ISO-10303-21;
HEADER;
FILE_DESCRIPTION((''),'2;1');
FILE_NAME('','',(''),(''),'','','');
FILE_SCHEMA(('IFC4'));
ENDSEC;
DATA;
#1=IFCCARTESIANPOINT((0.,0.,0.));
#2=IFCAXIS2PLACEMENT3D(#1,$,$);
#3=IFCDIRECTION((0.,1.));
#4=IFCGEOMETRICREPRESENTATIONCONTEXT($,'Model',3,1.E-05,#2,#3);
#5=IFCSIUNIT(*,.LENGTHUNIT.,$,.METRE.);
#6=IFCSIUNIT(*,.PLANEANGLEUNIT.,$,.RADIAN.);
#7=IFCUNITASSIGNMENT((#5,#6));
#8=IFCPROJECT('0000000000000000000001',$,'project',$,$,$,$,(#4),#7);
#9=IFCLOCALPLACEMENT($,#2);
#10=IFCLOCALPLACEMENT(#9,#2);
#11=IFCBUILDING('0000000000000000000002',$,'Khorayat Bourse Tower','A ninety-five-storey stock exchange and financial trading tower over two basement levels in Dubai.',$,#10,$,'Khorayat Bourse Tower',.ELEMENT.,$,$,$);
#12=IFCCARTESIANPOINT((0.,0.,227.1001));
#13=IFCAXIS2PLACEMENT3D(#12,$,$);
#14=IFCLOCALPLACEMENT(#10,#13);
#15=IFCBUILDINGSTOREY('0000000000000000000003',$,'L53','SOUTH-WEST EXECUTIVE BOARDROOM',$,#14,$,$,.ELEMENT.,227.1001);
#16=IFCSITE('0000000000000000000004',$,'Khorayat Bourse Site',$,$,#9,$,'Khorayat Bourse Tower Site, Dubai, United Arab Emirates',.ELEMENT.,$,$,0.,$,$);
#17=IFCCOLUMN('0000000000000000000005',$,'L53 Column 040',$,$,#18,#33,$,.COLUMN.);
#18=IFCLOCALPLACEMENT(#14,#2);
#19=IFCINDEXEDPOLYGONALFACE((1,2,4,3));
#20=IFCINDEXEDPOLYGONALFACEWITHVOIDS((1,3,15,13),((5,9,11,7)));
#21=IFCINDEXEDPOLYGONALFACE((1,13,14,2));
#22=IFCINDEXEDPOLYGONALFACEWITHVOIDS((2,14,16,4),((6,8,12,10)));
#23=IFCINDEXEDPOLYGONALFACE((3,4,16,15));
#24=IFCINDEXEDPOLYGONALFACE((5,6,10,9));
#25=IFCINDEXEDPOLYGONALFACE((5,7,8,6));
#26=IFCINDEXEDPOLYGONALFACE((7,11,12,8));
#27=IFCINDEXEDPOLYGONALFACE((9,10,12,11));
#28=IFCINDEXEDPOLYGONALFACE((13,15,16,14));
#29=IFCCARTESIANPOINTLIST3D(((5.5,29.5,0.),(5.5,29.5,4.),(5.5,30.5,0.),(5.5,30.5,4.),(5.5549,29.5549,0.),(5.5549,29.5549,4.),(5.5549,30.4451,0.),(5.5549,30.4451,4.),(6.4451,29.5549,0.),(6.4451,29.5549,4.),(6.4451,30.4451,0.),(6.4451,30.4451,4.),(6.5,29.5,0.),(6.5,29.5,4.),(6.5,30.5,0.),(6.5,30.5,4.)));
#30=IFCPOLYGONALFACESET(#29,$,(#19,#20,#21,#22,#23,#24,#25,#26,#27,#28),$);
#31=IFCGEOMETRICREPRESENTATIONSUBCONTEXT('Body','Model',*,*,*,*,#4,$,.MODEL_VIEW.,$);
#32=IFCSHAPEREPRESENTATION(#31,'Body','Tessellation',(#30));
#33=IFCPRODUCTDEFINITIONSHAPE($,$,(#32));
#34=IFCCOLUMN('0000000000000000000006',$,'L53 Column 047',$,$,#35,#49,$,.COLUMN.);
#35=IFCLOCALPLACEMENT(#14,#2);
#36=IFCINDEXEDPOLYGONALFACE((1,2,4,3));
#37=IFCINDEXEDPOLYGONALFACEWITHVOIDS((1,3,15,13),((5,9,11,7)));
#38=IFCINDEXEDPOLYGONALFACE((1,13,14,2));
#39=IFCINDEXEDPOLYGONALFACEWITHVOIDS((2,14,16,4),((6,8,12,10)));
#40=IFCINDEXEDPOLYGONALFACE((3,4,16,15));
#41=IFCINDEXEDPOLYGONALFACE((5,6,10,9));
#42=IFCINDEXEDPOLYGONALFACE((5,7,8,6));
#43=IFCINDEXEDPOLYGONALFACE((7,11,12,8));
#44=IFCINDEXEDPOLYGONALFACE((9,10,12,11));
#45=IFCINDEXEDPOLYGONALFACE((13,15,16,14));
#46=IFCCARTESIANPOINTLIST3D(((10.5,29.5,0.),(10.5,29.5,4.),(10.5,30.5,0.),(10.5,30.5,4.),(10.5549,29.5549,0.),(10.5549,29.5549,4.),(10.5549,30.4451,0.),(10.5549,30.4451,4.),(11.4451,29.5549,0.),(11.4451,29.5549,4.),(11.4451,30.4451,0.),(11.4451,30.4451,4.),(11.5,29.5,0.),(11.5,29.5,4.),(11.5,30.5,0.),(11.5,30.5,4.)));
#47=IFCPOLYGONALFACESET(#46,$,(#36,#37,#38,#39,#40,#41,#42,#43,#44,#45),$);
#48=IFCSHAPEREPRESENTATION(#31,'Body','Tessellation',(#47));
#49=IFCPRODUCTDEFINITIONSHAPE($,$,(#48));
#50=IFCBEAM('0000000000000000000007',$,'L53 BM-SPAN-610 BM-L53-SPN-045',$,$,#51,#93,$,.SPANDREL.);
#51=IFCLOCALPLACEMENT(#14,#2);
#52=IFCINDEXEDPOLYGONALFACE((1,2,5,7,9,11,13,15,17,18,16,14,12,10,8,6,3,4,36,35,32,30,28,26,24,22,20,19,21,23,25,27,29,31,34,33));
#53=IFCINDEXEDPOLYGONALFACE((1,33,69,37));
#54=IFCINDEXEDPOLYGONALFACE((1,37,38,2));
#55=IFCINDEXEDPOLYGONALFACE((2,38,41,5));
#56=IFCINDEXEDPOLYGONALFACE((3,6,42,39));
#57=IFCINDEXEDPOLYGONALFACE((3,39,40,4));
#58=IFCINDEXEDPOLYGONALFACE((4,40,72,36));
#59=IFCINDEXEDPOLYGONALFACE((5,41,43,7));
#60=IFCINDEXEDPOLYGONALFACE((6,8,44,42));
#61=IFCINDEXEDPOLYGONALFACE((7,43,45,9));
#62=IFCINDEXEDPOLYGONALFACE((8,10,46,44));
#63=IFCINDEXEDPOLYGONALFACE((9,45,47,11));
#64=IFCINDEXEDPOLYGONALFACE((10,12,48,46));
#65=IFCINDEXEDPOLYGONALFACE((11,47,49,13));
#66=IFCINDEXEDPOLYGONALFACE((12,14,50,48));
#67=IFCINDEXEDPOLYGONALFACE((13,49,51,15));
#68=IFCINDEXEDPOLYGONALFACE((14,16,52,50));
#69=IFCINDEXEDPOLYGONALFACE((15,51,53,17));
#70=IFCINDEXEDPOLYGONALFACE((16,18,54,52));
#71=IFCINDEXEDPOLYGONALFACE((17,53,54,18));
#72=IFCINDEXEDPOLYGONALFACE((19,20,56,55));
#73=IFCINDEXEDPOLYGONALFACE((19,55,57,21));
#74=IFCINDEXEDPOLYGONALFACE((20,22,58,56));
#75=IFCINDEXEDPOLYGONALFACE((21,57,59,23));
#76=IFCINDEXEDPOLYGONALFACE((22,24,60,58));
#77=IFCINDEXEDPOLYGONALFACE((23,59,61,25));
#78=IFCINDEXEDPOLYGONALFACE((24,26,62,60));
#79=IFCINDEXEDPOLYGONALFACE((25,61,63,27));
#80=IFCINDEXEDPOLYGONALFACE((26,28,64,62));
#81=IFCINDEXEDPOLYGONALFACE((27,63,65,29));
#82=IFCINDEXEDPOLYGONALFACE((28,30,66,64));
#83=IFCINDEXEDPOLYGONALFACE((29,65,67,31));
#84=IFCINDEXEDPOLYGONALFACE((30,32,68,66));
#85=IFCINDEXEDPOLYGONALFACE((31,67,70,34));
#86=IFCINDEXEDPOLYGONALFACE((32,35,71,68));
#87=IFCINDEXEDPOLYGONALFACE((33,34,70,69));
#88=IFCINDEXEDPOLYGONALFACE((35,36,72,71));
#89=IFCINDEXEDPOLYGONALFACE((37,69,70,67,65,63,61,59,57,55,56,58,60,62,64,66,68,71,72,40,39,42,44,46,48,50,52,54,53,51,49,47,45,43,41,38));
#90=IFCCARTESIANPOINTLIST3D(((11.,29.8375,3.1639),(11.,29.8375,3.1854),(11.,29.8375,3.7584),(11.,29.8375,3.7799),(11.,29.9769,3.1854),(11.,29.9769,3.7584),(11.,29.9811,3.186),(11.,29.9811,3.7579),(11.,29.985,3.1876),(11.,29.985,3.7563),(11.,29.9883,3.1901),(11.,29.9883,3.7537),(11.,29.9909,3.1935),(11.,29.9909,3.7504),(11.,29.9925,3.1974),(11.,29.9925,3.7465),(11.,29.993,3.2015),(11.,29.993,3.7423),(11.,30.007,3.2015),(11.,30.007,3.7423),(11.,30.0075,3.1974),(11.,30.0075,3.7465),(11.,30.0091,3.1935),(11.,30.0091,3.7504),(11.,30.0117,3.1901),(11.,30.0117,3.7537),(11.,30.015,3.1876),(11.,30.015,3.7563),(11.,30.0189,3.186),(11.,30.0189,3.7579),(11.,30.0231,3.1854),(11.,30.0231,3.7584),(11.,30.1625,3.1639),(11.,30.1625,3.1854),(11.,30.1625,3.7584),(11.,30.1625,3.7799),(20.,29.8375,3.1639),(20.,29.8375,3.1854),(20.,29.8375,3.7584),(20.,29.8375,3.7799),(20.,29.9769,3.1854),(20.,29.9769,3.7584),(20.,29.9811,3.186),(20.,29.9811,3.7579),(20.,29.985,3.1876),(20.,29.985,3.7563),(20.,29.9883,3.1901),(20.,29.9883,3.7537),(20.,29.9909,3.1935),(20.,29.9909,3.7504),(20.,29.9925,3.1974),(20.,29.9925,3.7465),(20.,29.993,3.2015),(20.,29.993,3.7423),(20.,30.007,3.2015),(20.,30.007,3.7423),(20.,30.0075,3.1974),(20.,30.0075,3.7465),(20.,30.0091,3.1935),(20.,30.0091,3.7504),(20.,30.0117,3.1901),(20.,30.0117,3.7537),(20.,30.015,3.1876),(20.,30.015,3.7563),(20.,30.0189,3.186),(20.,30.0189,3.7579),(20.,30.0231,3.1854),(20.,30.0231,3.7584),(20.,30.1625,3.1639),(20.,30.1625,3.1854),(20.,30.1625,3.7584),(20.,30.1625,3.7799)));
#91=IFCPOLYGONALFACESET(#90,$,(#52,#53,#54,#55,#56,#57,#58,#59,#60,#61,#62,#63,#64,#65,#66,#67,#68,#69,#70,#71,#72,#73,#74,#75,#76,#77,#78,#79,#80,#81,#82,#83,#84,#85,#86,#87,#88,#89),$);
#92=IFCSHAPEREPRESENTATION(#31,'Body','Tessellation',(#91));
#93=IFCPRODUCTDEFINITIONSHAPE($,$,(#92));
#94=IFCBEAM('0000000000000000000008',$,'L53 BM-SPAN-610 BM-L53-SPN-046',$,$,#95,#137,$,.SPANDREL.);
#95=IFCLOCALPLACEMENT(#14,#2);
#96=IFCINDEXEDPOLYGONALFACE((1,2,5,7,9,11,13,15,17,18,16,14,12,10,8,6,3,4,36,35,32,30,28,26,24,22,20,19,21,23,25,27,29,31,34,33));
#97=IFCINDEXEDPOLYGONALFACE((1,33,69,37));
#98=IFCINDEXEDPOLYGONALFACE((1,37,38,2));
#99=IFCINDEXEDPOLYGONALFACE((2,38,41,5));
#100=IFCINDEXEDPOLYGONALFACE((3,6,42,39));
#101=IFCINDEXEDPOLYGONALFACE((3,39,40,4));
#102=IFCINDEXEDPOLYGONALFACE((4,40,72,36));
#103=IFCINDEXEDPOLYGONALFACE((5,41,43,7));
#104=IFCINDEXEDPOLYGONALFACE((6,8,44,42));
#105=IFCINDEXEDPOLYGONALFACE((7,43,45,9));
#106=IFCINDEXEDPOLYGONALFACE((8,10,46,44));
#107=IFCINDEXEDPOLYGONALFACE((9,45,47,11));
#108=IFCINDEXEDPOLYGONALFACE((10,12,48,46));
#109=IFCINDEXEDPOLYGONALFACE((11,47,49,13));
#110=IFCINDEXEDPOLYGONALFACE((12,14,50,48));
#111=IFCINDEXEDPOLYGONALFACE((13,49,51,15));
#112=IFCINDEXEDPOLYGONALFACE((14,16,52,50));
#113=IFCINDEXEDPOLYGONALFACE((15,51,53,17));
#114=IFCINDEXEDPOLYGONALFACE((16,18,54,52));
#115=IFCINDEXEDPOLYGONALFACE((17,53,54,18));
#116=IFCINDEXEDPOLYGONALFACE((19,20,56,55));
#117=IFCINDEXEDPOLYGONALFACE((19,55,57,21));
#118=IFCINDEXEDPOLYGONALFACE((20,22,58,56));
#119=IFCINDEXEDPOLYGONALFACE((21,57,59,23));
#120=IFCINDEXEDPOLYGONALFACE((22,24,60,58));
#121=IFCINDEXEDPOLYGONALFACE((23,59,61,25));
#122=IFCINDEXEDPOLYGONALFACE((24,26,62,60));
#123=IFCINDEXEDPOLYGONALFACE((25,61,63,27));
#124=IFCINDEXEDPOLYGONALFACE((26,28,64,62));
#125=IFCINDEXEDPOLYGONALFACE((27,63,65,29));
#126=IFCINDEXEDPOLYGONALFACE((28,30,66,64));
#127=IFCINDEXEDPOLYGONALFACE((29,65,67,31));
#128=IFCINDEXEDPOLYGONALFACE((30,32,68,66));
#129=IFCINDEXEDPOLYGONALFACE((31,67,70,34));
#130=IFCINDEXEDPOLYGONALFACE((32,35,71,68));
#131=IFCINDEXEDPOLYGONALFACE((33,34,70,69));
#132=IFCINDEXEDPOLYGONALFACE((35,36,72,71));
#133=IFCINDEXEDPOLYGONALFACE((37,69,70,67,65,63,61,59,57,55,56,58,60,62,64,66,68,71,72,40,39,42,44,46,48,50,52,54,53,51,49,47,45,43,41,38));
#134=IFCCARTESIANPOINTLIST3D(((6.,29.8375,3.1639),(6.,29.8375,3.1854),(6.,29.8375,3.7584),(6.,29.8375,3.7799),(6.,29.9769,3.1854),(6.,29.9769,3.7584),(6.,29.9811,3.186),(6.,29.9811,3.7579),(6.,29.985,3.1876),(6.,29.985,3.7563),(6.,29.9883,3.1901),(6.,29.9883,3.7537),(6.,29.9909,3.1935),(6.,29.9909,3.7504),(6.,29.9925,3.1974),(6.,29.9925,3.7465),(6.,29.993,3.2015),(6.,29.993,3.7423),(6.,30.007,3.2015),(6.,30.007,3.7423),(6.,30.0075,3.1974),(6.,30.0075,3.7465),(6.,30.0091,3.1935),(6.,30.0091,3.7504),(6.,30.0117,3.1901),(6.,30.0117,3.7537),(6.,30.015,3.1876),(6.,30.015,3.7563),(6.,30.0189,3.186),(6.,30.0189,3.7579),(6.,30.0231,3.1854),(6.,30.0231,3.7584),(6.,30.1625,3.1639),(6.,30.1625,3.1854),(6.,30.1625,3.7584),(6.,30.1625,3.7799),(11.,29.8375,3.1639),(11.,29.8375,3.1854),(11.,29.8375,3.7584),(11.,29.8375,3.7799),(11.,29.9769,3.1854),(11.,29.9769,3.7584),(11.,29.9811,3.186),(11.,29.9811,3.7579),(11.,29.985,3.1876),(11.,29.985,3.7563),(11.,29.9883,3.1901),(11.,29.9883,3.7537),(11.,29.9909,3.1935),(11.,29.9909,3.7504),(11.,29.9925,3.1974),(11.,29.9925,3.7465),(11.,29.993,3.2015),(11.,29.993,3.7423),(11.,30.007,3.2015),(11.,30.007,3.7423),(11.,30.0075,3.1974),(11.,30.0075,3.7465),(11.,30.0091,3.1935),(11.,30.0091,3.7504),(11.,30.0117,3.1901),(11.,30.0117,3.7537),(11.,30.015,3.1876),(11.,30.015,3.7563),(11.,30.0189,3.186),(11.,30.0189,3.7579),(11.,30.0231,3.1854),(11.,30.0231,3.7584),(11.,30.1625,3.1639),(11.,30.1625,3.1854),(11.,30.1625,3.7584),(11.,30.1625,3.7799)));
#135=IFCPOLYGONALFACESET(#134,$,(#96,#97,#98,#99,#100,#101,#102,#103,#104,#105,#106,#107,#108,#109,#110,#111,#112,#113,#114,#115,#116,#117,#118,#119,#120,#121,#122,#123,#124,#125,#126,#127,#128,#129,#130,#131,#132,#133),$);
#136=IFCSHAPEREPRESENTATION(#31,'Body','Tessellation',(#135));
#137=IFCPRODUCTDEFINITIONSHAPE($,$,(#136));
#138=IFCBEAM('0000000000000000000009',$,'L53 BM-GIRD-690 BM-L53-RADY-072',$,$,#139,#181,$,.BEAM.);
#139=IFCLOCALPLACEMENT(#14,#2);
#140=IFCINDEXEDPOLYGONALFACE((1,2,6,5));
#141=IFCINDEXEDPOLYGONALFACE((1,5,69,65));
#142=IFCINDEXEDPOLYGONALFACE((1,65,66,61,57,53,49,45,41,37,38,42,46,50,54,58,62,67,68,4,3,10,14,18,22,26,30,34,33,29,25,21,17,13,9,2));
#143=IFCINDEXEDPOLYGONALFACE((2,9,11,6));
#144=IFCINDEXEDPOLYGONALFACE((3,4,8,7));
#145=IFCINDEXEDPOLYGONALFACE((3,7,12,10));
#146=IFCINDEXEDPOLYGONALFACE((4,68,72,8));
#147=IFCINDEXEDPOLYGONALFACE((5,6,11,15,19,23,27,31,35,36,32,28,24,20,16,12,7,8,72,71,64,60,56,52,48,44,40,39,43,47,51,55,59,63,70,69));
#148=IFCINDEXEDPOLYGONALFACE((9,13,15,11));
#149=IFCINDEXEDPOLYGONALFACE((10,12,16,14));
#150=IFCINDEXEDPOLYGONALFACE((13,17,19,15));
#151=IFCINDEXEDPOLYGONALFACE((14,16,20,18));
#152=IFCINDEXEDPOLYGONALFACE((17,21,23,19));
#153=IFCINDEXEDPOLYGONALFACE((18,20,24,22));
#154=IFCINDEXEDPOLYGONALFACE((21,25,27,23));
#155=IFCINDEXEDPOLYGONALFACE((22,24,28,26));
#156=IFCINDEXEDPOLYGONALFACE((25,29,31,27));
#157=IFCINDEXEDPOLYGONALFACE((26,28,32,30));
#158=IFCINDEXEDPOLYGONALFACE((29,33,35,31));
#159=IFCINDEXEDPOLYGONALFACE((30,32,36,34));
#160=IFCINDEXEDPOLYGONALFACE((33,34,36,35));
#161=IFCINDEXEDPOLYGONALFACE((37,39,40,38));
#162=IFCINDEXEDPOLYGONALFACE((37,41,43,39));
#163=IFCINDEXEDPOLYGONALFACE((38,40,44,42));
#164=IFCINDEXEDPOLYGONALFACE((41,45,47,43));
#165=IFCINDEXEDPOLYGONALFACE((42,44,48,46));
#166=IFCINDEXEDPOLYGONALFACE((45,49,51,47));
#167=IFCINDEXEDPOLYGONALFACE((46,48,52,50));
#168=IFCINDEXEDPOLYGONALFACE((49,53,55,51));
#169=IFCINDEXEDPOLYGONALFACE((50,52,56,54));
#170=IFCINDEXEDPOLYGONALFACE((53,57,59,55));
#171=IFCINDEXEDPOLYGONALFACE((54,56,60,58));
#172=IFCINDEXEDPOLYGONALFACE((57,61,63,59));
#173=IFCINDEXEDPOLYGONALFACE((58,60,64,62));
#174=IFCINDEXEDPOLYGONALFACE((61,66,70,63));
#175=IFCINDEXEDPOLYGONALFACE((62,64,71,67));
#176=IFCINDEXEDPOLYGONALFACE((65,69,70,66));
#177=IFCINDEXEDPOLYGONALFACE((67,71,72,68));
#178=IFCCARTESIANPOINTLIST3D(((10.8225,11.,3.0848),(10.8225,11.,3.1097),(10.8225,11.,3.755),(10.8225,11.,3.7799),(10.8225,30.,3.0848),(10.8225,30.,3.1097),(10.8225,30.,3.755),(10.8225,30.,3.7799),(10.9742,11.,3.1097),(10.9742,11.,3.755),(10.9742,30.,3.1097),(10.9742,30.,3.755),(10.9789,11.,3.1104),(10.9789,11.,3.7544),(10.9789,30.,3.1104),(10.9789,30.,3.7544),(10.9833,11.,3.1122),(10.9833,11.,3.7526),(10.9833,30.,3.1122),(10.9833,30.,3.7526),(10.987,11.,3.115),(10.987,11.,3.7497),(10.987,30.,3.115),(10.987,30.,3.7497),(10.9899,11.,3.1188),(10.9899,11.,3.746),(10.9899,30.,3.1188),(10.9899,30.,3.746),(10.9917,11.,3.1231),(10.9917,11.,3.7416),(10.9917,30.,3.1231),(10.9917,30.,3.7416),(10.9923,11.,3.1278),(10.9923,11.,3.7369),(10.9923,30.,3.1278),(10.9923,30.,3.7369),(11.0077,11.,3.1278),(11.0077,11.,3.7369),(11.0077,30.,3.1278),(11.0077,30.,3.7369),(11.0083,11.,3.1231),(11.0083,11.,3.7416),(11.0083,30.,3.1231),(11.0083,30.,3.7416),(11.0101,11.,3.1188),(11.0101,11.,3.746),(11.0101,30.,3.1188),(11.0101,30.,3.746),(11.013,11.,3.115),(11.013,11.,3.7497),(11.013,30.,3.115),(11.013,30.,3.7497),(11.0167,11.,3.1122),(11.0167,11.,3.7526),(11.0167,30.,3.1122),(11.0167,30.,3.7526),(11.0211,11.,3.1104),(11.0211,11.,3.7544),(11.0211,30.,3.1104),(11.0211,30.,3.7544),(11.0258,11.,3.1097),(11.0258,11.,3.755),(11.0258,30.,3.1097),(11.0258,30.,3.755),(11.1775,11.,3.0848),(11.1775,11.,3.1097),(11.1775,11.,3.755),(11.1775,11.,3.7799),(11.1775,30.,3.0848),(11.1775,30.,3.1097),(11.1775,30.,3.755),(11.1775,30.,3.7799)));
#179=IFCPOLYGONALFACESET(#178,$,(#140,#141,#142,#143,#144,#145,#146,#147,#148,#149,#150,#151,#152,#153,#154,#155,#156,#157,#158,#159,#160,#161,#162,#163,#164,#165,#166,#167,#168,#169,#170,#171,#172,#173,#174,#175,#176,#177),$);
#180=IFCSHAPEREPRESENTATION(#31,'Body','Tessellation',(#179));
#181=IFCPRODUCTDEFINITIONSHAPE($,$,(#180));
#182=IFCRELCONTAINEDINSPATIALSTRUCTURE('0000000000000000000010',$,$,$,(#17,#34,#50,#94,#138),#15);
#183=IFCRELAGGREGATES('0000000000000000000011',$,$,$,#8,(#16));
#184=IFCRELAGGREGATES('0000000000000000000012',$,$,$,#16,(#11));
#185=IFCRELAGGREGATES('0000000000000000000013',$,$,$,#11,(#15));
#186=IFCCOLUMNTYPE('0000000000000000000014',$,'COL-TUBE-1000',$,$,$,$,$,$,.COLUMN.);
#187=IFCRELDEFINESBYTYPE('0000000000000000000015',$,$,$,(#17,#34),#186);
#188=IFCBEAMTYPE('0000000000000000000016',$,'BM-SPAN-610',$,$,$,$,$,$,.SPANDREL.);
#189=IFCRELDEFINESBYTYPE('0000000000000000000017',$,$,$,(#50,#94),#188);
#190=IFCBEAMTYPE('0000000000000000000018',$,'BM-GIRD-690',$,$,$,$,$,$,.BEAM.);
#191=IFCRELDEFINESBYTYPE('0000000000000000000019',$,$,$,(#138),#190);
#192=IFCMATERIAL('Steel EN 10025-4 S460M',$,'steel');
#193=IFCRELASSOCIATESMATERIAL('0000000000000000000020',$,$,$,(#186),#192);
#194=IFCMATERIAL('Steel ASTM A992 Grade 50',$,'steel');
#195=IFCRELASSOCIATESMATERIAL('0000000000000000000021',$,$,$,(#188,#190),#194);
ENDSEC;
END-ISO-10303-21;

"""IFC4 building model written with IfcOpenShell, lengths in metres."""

from ifc_helpers import new_model, si_unit, direction, frame, origin, origin_2d, place, context, subcontext, project, spatial, hollow_rectangle, i_section, extrude, source, transform, mapped, material, material_profile, profile_set, type_object, element, save


model = new_model("IFC4")

# Units and contexts
model_context = context("Model", 3, precision=1e-05, world=origin(), true_north=direction((0.0, 1.0)))
body_context = subcontext(model_context, "Body", "Model", "MODEL_VIEW")
ifc_project = project(units=[si_unit("LENGTHUNIT", "METRE"), si_unit("PLANEANGLEUNIT", "RADIAN")], contexts=[model_context])

# Site, building, storey
site_placement = place(None, origin())
site = spatial("IfcSite", under=ifc_project, at=site_placement, Name="Khorayat Bourse Site", LongName="Khorayat Bourse Tower Site, Dubai, United Arab Emirates", CompositionType="ELEMENT", RefElevation=0.0)
building_placement = place(site_placement, origin())
building = spatial("IfcBuilding", under=site, at=building_placement, Name="Khorayat Bourse Tower", Description="A ninety-five-storey stock exchange and financial trading tower over two basement levels in Dubai.", LongName="Khorayat Bourse Tower", CompositionType="ELEMENT")
storey_placement = place(building_placement, frame((0.0, 0.0, 227.1001)))
storey = spatial("IfcBuildingStorey", under=building, at=storey_placement, Name="L53", Description="SOUTH-WEST EXECUTIVE BOARDROOM", CompositionType="ELEMENT", Elevation=227.1001)

# Columns
ifc_material_1 = material(Name="Steel EN 10025-4 S460M", Category="steel")
ifc_material_profile_1 = material_profile(ifc_material_1, hollow_rectangle(XDim=1.0, YDim=1.0, WallThickness=0.0549, at=origin_2d()), Name="BOX 1000x1000x55")
ifc_profile_set_1 = profile_set([ifc_material_profile_1], Name="Steel EN 10025-4 S460M")
column_type = type_object("IfcColumnType", Name="COL-TUBE-1000", PredefinedType="COLUMN", material=ifc_profile_set_1)
shared_shape_1 = source(origin(), body_context, "Body", "SweptSolid", [
    extrude(hollow_rectangle(XDim=1.0, YDim=1.0, WallThickness=0.0549, at=origin_2d()), origin(), (0.0, 0.0, 1.0), 4.0),
])
for number, where, z_axis, x_axis, name in (
    (1, (6.0, 30.0, 0.0), (0.0, 0.0, 1.0), (1.0, 0.0, 0.0), "L53 Column 040"),
    (2, (11.0, 30.0, 0.0), (0.0, 0.0, 1.0), (1.0, 0.0, 0.0), "L53 Column 047"),
):
    element("IfcColumn", number, at=place(storey_placement, frame(where, z_axis=z_axis, x_axis=x_axis)), inside=storey, type_object=column_type, Name=name, PredefinedType="COLUMN", context=body_context, shape_type="MappedRepresentation", body=[
        mapped(shared_shape_1, transform((0.0, 0.0, 0.0), scale=1.0)),
    ])

# Beams
ifc_material_2 = material(Name="Steel ASTM A992 Grade 50", Category="steel")
ifc_material_profile_2 = material_profile(ifc_material_2, i_section(OverallWidth=0.325, OverallDepth=0.616, WebThickness=0.0139, FlangeThickness=0.0215, FilletRadius=0.0161, at=origin_2d()), Name="W610X174")
ifc_profile_set_2 = profile_set([ifc_material_profile_2], Name="Steel ASTM A992 Grade 50")
beam_type_1 = type_object("IfcBeamType", Name="BM-SPAN-610", PredefinedType="SPANDREL", material=ifc_profile_set_2)
shared_shape_2 = source(origin(), body_context, "Body", "SweptSolid", [
    extrude(i_section(OverallWidth=0.325, OverallDepth=0.616, WebThickness=0.0139, FlangeThickness=0.0215, FilletRadius=0.0161, at=origin_2d()), origin(), (0.0, 0.0, 1.0), 9.0),
])
beam_1_placement = place(storey_placement, frame((11.0, 30.0, 3.4719), z_axis=(1.0, 0.0, 0.0), x_axis=(0.0, 1.0, 0.0)))
element("IfcBeam", 3, at=beam_1_placement, inside=storey, type_object=beam_type_1, Name="L53 BM-SPAN-610 BM-L53-SPN-045", PredefinedType="SPANDREL", context=body_context, shape_type="MappedRepresentation", body=[
    mapped(shared_shape_2, transform((0.0, 0.0, 0.0), scale=1.0)),
])
shared_shape_3 = source(origin(), body_context, "Body", "SweptSolid", [
    extrude(i_section(OverallWidth=0.325, OverallDepth=0.616, WebThickness=0.0139, FlangeThickness=0.0215, FilletRadius=0.0161, at=origin_2d()), origin(), (0.0, 0.0, 1.0), 5.0),
])
beam_2_placement = place(storey_placement, frame((6.0, 30.0, 3.4719), z_axis=(1.0, 0.0, 0.0), x_axis=(0.0, 1.0, 0.0)))
element("IfcBeam", 4, at=beam_2_placement, inside=storey, type_object=beam_type_1, Name="L53 BM-SPAN-610 BM-L53-SPN-046", PredefinedType="SPANDREL", context=body_context, shape_type="MappedRepresentation", body=[
    mapped(shared_shape_3, transform((0.0, 0.0, 0.0), scale=1.0)),
])
ifc_material_profile_3 = material_profile(ifc_material_2, i_section(OverallWidth=0.355, OverallDepth=0.6951, WebThickness=0.0154, FlangeThickness=0.0249, FilletRadius=0.0181, at=origin_2d()), Name="W690X217")
ifc_profile_set_3 = profile_set([ifc_material_profile_3], Name="Steel ASTM A992 Grade 50")
beam_type_2 = type_object("IfcBeamType", Name="BM-GIRD-690", PredefinedType="BEAM", material=ifc_profile_set_3)
shared_shape_4 = source(origin(), body_context, "Body", "SweptSolid", [
    extrude(i_section(OverallWidth=0.355, OverallDepth=0.6951, WebThickness=0.0154, FlangeThickness=0.0249, FilletRadius=0.0181, at=origin_2d()), origin(), (0.0, 0.0, 1.0), 19.0),
])
for number, where, z_axis, x_axis, name in (
    (5, (11.0, 11.0, 3.4324), (0.0, 1.0, 0.0), (-1.0, 0.0, 0.0), "L53 BM-GIRD-690 BM-L53-RADY-072"),
):
    element("IfcBeam", number, at=place(storey_placement, frame(where, z_axis=z_axis, x_axis=x_axis)), inside=storey, type_object=beam_type_2, Name=name, PredefinedType="BEAM", context=body_context, shape_type="MappedRepresentation", body=[
        mapped(shared_shape_4, transform((0.0, 0.0, 0.0), scale=1.0)),
    ])

save(model, "model.ifc")
